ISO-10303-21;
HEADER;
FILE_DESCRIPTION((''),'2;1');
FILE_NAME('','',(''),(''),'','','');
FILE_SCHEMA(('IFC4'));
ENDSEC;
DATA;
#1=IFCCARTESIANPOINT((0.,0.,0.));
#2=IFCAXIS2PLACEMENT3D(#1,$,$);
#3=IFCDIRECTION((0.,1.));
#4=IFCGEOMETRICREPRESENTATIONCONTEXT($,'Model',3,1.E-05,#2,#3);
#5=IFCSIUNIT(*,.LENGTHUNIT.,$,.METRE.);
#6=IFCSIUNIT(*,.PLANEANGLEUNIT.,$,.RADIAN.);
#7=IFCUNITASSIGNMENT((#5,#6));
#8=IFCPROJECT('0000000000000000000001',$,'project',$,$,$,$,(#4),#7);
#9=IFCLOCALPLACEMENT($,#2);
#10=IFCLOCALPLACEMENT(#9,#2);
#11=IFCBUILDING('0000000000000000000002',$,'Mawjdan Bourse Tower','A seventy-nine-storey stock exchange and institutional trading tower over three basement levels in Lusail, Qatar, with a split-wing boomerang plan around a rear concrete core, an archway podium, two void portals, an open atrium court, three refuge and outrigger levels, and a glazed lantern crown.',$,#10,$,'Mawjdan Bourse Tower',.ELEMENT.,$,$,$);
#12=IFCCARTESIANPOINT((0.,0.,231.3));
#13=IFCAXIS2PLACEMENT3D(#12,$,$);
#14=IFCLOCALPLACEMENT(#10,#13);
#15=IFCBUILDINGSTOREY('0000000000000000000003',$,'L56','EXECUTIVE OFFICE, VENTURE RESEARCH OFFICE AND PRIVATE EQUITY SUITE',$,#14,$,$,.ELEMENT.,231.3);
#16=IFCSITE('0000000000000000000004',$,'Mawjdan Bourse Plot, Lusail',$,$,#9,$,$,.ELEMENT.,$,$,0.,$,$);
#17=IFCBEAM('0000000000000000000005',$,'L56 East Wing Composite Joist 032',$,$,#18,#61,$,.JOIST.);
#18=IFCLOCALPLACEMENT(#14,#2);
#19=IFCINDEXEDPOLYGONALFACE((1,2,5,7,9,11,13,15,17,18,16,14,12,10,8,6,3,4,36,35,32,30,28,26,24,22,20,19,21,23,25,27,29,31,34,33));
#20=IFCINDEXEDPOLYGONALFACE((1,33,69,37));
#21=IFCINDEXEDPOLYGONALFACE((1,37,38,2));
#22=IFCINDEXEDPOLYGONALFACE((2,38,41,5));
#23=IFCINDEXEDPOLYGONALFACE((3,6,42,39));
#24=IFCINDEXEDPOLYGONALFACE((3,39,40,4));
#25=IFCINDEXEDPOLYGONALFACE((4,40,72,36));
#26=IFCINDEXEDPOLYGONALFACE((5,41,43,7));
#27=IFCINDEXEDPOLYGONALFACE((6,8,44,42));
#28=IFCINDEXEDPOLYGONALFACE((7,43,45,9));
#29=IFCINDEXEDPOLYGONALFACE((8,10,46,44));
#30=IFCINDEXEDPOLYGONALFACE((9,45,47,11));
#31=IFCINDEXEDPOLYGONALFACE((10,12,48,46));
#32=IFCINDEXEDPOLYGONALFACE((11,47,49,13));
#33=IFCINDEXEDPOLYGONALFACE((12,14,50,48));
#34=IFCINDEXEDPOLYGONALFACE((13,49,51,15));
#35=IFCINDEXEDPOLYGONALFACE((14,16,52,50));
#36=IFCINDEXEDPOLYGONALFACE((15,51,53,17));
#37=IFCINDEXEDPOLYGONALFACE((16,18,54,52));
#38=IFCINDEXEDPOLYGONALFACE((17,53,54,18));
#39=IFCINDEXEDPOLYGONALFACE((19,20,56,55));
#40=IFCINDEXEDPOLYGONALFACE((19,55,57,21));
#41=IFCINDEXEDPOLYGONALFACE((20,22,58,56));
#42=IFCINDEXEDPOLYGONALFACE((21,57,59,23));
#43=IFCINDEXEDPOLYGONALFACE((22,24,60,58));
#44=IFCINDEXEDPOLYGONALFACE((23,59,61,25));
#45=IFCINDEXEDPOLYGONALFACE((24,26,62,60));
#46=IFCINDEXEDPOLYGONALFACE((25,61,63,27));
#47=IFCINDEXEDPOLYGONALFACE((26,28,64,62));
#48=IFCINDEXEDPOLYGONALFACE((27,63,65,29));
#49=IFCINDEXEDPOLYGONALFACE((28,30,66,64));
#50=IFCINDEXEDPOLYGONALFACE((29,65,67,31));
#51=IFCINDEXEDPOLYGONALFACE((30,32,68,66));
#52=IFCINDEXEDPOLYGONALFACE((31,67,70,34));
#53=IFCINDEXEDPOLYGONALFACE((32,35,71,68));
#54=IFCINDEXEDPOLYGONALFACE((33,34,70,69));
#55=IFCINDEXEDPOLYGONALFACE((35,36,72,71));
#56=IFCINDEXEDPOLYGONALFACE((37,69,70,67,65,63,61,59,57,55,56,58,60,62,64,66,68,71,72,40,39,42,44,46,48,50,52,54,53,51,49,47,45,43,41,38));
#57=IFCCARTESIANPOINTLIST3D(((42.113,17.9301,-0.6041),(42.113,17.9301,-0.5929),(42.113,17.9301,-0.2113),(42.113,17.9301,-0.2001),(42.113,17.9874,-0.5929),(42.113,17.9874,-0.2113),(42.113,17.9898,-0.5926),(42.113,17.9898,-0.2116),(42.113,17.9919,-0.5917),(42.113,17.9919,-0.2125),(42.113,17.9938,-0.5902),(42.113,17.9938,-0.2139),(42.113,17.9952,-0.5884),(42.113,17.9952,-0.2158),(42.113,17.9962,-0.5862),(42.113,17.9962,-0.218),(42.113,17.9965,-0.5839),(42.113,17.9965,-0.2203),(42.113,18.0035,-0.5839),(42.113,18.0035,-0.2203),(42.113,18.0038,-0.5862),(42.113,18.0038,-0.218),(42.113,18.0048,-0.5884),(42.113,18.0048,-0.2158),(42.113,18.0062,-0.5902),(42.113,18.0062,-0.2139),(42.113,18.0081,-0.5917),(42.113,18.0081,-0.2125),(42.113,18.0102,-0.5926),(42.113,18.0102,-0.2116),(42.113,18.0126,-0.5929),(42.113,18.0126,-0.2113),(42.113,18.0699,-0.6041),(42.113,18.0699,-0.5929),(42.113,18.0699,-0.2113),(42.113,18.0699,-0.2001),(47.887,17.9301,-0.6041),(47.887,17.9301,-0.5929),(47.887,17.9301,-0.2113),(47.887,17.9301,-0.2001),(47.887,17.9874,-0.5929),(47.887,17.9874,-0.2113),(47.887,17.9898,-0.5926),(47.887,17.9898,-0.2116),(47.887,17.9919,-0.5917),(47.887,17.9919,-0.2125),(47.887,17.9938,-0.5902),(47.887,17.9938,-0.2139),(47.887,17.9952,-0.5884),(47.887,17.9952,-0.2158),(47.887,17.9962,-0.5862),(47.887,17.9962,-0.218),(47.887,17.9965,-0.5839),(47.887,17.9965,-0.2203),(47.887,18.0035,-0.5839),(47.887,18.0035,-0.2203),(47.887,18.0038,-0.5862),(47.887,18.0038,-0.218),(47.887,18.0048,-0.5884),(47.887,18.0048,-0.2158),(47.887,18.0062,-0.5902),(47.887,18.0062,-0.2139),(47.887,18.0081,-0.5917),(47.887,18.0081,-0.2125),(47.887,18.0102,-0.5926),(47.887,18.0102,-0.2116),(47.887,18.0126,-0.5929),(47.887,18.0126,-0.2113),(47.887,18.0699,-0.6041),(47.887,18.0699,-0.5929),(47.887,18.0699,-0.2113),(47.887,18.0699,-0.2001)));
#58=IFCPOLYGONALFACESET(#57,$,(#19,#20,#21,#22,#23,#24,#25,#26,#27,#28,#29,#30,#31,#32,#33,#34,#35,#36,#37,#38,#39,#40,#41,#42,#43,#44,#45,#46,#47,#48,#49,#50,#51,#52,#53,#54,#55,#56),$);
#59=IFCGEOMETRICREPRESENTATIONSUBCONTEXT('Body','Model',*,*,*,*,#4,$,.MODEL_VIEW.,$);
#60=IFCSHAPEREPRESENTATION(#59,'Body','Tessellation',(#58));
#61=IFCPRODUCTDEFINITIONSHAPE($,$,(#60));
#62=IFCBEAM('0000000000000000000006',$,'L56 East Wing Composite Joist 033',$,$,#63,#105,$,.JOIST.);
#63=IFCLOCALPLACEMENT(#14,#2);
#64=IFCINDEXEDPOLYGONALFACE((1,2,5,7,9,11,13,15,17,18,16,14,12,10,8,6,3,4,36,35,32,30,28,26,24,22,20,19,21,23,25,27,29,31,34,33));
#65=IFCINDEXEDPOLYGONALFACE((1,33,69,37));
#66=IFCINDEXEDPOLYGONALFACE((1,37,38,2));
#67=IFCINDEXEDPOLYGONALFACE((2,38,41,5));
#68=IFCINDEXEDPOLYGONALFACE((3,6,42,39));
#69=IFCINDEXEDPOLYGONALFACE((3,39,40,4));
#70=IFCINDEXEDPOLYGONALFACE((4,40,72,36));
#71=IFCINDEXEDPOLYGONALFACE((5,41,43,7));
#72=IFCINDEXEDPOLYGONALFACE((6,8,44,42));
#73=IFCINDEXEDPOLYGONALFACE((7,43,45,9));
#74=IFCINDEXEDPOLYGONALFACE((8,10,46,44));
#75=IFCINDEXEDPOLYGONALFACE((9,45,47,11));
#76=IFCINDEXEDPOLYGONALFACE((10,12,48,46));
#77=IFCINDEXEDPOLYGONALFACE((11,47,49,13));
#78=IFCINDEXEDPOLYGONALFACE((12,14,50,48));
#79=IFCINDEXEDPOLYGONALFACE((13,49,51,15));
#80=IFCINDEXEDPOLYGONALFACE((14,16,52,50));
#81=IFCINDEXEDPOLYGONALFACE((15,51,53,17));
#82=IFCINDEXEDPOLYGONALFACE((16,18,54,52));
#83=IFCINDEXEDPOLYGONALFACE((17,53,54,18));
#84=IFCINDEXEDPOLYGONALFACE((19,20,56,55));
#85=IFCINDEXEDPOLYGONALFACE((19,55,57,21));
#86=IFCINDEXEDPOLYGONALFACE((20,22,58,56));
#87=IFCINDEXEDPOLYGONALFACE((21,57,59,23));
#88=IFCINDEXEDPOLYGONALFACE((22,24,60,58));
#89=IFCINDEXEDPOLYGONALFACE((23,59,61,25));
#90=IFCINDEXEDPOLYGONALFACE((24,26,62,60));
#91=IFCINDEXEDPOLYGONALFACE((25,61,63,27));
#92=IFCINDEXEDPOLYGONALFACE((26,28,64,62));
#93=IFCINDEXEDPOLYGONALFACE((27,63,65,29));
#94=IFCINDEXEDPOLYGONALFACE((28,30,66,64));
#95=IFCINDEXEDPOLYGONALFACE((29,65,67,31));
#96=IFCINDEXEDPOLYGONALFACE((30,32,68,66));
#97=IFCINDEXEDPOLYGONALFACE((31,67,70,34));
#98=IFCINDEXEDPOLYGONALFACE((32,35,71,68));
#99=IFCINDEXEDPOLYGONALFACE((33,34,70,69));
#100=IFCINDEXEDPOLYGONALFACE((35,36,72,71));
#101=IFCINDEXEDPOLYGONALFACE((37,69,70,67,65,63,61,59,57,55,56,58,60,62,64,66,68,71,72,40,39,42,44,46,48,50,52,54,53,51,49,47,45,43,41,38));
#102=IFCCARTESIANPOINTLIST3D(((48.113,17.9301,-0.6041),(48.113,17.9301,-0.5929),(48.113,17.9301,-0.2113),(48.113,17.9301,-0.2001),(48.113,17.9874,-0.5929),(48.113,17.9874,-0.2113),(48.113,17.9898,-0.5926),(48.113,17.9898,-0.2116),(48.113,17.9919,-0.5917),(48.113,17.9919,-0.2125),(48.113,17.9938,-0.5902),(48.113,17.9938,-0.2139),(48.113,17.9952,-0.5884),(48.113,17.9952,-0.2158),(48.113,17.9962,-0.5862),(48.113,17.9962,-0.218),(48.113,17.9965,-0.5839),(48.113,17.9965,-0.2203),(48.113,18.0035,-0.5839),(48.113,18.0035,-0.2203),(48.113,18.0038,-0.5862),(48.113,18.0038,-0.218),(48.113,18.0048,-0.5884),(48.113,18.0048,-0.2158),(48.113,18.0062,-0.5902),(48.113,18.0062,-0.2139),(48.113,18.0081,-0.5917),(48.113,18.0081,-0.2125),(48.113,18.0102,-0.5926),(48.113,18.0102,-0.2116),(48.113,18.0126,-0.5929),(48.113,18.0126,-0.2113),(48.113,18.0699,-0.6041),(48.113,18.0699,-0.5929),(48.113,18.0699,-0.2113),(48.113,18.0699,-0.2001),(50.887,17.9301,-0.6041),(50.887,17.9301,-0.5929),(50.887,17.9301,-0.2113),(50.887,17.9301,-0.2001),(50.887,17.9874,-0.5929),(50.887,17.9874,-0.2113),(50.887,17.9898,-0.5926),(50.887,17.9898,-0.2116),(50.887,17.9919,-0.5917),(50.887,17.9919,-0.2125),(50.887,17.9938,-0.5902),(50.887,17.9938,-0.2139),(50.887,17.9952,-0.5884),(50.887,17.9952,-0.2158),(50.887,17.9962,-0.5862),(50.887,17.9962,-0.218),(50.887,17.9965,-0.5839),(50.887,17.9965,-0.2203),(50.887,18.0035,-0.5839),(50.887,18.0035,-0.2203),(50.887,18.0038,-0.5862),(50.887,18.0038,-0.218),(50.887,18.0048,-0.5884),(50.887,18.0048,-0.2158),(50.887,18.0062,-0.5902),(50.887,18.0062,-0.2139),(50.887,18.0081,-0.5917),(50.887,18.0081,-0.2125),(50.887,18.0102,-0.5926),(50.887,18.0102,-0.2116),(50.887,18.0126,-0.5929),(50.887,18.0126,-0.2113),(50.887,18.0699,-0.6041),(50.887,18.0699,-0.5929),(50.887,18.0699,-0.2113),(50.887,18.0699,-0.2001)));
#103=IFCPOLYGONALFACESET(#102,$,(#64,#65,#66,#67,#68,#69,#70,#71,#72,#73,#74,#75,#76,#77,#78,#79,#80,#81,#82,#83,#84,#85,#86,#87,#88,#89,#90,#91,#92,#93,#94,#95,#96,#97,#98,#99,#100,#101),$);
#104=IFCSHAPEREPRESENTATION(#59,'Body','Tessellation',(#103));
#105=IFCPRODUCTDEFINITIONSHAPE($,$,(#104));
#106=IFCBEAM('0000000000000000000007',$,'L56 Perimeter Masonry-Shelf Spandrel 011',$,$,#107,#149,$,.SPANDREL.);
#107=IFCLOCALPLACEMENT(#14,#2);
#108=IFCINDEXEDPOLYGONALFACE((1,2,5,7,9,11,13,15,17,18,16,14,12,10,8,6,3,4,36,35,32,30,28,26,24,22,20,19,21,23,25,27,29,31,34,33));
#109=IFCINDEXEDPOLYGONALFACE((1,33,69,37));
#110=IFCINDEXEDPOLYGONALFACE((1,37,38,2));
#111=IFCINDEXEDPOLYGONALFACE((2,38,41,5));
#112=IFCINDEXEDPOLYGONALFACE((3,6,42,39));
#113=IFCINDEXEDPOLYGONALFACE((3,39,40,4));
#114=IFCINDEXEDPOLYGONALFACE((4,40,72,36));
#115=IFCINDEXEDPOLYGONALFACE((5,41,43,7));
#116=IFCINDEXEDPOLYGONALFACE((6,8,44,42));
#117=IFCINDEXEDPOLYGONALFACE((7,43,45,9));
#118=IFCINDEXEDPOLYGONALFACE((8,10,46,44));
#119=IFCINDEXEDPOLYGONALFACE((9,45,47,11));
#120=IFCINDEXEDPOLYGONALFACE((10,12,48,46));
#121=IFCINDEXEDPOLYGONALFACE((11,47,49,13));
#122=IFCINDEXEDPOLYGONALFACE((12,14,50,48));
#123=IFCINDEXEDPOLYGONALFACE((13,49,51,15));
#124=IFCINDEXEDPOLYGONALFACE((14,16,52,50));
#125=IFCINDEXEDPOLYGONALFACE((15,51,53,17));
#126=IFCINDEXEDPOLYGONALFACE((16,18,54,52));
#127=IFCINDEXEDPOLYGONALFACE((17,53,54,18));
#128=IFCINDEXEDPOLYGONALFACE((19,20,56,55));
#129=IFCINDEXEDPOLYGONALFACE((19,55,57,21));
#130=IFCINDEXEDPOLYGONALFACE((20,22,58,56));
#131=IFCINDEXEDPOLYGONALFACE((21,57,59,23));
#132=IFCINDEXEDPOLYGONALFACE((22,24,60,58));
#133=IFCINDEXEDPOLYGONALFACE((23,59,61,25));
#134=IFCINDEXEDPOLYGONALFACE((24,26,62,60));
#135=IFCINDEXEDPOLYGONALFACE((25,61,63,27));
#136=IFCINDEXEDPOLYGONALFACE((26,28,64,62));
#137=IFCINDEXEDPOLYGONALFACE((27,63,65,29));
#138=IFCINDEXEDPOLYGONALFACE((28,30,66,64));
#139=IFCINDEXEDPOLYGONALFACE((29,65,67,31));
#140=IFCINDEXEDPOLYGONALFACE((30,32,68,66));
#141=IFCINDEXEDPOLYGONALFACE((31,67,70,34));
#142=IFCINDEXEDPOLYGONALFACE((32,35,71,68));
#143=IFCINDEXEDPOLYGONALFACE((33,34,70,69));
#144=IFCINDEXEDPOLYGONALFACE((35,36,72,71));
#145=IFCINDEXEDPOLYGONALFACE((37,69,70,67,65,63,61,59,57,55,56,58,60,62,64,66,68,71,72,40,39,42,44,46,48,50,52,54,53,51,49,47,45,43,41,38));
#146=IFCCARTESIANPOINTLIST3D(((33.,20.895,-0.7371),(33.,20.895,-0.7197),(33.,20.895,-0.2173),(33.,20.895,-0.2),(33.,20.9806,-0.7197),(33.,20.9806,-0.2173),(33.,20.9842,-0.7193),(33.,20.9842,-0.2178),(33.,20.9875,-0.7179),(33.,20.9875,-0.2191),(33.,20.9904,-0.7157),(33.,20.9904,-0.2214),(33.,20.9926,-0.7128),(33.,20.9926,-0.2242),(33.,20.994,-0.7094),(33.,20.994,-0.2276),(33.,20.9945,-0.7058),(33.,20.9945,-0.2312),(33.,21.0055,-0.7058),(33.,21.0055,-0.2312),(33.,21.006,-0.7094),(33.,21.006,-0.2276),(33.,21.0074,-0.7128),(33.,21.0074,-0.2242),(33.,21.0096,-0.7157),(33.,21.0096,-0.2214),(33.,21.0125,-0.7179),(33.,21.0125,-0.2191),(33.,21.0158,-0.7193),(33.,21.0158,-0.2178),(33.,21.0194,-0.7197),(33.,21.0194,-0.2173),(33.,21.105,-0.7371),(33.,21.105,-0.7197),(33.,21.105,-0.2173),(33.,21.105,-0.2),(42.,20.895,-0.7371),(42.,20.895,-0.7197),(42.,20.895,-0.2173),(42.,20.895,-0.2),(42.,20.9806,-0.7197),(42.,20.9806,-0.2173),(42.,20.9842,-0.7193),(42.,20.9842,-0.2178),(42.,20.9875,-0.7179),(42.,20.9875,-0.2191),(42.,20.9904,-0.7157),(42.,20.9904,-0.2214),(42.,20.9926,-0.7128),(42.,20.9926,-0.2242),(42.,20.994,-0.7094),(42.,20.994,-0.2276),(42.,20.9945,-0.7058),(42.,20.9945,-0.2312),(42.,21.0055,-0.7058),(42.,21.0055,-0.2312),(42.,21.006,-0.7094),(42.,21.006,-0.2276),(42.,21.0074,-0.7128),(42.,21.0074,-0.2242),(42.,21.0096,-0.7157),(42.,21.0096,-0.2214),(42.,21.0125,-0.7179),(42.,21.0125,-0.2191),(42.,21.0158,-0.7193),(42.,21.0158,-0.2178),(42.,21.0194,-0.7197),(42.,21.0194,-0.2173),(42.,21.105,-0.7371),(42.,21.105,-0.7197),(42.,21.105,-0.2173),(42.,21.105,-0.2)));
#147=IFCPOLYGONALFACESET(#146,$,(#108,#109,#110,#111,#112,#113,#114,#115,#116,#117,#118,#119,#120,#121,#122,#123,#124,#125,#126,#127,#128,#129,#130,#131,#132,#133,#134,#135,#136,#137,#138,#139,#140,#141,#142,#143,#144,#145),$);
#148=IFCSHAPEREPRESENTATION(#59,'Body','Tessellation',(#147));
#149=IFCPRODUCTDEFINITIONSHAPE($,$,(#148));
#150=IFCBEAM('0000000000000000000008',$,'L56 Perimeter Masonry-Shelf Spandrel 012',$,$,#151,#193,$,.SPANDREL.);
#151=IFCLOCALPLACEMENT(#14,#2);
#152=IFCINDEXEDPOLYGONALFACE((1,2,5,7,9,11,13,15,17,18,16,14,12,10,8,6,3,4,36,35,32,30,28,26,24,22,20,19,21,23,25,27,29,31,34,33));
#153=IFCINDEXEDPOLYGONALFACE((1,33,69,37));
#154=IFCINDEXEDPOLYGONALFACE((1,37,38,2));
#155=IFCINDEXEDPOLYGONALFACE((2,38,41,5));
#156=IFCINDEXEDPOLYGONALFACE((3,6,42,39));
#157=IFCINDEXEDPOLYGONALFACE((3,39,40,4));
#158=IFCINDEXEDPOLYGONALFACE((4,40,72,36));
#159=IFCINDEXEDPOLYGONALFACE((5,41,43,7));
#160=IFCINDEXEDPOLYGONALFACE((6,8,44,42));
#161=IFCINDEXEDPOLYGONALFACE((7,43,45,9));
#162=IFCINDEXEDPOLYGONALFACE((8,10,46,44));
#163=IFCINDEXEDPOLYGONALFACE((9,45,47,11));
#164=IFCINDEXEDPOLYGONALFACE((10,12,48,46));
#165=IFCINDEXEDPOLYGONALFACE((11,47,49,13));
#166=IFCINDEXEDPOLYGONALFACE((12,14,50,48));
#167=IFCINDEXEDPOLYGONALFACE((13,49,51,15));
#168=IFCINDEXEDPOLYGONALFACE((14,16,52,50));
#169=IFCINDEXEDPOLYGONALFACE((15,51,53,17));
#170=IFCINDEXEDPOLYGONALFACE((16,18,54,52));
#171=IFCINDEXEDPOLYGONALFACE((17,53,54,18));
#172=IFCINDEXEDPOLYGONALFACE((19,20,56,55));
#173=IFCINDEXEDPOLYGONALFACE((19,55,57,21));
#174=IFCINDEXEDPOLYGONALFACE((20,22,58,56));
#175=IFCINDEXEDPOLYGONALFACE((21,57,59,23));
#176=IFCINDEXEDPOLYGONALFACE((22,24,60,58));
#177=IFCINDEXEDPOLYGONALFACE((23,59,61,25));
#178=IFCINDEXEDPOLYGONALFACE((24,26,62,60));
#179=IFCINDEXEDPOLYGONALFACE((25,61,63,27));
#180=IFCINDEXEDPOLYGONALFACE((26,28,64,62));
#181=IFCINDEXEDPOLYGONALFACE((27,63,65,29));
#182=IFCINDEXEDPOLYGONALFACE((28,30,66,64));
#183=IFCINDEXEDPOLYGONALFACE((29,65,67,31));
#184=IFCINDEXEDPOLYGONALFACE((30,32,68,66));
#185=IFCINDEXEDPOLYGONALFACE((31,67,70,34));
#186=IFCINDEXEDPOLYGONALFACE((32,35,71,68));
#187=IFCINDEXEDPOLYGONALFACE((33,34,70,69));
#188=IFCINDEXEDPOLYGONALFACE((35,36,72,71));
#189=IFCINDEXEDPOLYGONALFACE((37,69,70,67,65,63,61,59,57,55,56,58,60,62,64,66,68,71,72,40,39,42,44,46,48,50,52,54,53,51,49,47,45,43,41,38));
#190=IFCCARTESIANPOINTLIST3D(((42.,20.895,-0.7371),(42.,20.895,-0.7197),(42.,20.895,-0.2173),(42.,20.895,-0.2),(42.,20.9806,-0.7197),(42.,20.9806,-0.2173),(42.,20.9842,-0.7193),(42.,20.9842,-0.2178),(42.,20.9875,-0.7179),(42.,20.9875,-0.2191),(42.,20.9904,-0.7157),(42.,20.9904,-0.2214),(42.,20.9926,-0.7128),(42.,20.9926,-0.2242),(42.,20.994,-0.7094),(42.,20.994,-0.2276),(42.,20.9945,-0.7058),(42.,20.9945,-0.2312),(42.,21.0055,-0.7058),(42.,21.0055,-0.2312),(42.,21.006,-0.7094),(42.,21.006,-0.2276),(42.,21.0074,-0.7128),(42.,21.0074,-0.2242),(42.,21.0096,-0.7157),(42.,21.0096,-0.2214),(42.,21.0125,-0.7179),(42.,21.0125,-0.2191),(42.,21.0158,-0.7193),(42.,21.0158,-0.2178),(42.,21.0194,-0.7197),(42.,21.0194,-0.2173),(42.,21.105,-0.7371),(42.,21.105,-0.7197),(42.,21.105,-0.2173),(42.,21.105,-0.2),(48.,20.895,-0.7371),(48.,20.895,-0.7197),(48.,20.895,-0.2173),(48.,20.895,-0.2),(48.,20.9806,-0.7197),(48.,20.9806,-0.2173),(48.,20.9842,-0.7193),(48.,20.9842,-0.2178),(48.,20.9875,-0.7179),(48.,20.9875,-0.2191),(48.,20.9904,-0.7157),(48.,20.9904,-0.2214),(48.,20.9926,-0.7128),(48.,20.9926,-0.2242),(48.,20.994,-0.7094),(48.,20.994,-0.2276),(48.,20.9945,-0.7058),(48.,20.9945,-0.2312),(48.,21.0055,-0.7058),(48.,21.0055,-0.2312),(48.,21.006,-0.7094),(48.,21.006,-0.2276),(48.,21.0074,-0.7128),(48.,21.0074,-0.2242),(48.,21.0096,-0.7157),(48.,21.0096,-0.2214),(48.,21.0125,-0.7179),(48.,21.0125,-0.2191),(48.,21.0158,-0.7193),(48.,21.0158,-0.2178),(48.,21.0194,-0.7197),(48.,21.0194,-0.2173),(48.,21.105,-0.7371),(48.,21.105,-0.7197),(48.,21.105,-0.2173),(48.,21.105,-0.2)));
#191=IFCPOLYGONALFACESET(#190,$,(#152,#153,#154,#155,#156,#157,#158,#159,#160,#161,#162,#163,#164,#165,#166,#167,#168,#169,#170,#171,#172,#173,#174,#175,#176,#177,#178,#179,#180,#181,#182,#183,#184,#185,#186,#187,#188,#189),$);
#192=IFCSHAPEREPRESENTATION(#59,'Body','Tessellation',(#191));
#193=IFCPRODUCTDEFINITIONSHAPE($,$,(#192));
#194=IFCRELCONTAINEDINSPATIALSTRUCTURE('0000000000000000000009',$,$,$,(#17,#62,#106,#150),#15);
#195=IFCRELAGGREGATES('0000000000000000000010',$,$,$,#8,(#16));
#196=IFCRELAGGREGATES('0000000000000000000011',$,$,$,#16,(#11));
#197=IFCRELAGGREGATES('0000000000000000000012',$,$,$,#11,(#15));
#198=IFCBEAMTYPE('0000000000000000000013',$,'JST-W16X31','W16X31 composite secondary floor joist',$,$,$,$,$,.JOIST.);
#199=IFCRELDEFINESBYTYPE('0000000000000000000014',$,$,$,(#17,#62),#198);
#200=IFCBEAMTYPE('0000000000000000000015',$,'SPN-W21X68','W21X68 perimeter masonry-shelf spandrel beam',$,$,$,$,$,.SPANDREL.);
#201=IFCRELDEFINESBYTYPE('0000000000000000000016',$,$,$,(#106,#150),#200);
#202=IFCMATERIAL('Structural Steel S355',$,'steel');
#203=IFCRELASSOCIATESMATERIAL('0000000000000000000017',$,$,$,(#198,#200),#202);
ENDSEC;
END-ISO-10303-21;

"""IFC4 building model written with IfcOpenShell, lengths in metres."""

from ifc_helpers import new_model, si_unit, direction, frame, origin, origin_2d, place, context, subcontext, project, spatial, i_section, extrude, material, material_profile, profile_set, type_object, element, save


model = new_model("IFC4")

# Units and contexts
model_context = context("Model", 3, precision=1e-05, world=origin(), true_north=direction((0.0, 1.0)))
body_context = subcontext(model_context, "Body", "Model", "MODEL_VIEW")
ifc_project = project(units=[si_unit("LENGTHUNIT", "METRE"), si_unit("PLANEANGLEUNIT", "RADIAN")], contexts=[model_context])

# Site, building, storey
site_placement = place(None, origin())
site = spatial("IfcSite", under=ifc_project, at=site_placement, Name="Mawjdan Bourse Plot, Lusail", CompositionType="ELEMENT", RefElevation=0.0)
building_placement = place(site_placement, origin())
building = spatial("IfcBuilding", under=site, at=building_placement, Name="Mawjdan Bourse Tower", Description="A seventy-nine-storey stock exchange and institutional trading tower over three basement levels in Lusail, Qatar, with a split-wing boomerang plan around a rear concrete core, an archway podium, two void portals, an open atrium court, three refuge and outrigger levels, and a glazed lantern crown.", LongName="Mawjdan Bourse Tower", CompositionType="ELEMENT")
storey_placement = place(building_placement, frame((0.0, 0.0, 231.3)))
storey = spatial("IfcBuildingStorey", under=building, at=storey_placement, Name="L56", Description="EXECUTIVE OFFICE, VENTURE RESEARCH OFFICE AND PRIVATE EQUITY SUITE", CompositionType="ELEMENT", Elevation=231.3)

# Beams
ifc_material_1 = material(Name="Structural Steel S355", Category="steel")
ifc_material_profile_1 = material_profile(ifc_material_1, i_section(OverallWidth=0.1399, OverallDepth=0.4041, WebThickness=0.0071, FlangeThickness=0.0112, FilletRadius=0.009, at=origin_2d()), Name="W16X31")
ifc_profile_set_1 = profile_set([ifc_material_profile_1], Name="Structural Steel S355")
beam_type_1 = type_object("IfcBeamType", Name="JST-W16X31", Description="W16X31 composite secondary floor joist", PredefinedType="JOIST", material=ifc_profile_set_1)
beam_1_placement = place(storey_placement, frame((42.113, 18.0, -0.4021), z_axis=(1.0, 0.0, 0.0), x_axis=(0.0, 1.0, 0.0)))
element("IfcBeam", 1, at=beam_1_placement, inside=storey, type_object=beam_type_1, Name="L56 East Wing Composite Joist 032", PredefinedType="JOIST", context=body_context, shape_type="SweptSolid", body=[
    extrude(i_section(OverallWidth=0.1399, OverallDepth=0.4041, WebThickness=0.0071, FlangeThickness=0.0112, FilletRadius=0.009, at=origin_2d()), origin(), (0.0, 0.0, 1.0), 5.7739),
])
beam_2_placement = place(storey_placement, frame((48.113, 18.0, -0.4021), z_axis=(1.0, 0.0, 0.0), x_axis=(0.0, 1.0, 0.0)))
element("IfcBeam", 2, at=beam_2_placement, inside=storey, type_object=beam_type_1, Name="L56 East Wing Composite Joist 033", PredefinedType="JOIST", context=body_context, shape_type="SweptSolid", body=[
    extrude(i_section(OverallWidth=0.1399, OverallDepth=0.4041, WebThickness=0.0071, FlangeThickness=0.0112, FilletRadius=0.009, at=origin_2d()), origin(), (0.0, 0.0, 1.0), 2.7739),
])
ifc_material_profile_2 = material_profile(ifc_material_1, i_section(OverallWidth=0.21, OverallDepth=0.5371, WebThickness=0.011, FlangeThickness=0.0173, FilletRadius=0.0139, at=origin_2d()), Name="W21X68")
ifc_profile_set_2 = profile_set([ifc_material_profile_2], Name="Structural Steel S355")
beam_type_2 = type_object("IfcBeamType", Name="SPN-W21X68", Description="W21X68 perimeter masonry-shelf spandrel beam", PredefinedType="SPANDREL", material=ifc_profile_set_2)
beam_3_placement = place(storey_placement, frame((33.0, 21.0, -0.4685), z_axis=(1.0, 0.0, 0.0), x_axis=(0.0, 1.0, 0.0)))
element("IfcBeam", 3, at=beam_3_placement, inside=storey, type_object=beam_type_2, Name="L56 Perimeter Masonry-Shelf Spandrel 011", PredefinedType="SPANDREL", context=body_context, shape_type="SweptSolid", body=[
    extrude(i_section(OverallWidth=0.21, OverallDepth=0.5371, WebThickness=0.011, FlangeThickness=0.0173, FilletRadius=0.0139, at=origin_2d()), origin(), (0.0, 0.0, 1.0), 9.0),
])
beam_4_placement = place(storey_placement, frame((42.0, 21.0, -0.4685), z_axis=(1.0, 0.0, 0.0), x_axis=(0.0, 1.0, 0.0)))
element("IfcBeam", 4, at=beam_4_placement, inside=storey, type_object=beam_type_2, Name="L56 Perimeter Masonry-Shelf Spandrel 012", PredefinedType="SPANDREL", context=body_context, shape_type="SweptSolid", body=[
    extrude(i_section(OverallWidth=0.21, OverallDepth=0.5371, WebThickness=0.011, FlangeThickness=0.0173, FilletRadius=0.0139, at=origin_2d()), origin(), (0.0, 0.0, 1.0), 6.0),
])

save(model, "model.ifc")
